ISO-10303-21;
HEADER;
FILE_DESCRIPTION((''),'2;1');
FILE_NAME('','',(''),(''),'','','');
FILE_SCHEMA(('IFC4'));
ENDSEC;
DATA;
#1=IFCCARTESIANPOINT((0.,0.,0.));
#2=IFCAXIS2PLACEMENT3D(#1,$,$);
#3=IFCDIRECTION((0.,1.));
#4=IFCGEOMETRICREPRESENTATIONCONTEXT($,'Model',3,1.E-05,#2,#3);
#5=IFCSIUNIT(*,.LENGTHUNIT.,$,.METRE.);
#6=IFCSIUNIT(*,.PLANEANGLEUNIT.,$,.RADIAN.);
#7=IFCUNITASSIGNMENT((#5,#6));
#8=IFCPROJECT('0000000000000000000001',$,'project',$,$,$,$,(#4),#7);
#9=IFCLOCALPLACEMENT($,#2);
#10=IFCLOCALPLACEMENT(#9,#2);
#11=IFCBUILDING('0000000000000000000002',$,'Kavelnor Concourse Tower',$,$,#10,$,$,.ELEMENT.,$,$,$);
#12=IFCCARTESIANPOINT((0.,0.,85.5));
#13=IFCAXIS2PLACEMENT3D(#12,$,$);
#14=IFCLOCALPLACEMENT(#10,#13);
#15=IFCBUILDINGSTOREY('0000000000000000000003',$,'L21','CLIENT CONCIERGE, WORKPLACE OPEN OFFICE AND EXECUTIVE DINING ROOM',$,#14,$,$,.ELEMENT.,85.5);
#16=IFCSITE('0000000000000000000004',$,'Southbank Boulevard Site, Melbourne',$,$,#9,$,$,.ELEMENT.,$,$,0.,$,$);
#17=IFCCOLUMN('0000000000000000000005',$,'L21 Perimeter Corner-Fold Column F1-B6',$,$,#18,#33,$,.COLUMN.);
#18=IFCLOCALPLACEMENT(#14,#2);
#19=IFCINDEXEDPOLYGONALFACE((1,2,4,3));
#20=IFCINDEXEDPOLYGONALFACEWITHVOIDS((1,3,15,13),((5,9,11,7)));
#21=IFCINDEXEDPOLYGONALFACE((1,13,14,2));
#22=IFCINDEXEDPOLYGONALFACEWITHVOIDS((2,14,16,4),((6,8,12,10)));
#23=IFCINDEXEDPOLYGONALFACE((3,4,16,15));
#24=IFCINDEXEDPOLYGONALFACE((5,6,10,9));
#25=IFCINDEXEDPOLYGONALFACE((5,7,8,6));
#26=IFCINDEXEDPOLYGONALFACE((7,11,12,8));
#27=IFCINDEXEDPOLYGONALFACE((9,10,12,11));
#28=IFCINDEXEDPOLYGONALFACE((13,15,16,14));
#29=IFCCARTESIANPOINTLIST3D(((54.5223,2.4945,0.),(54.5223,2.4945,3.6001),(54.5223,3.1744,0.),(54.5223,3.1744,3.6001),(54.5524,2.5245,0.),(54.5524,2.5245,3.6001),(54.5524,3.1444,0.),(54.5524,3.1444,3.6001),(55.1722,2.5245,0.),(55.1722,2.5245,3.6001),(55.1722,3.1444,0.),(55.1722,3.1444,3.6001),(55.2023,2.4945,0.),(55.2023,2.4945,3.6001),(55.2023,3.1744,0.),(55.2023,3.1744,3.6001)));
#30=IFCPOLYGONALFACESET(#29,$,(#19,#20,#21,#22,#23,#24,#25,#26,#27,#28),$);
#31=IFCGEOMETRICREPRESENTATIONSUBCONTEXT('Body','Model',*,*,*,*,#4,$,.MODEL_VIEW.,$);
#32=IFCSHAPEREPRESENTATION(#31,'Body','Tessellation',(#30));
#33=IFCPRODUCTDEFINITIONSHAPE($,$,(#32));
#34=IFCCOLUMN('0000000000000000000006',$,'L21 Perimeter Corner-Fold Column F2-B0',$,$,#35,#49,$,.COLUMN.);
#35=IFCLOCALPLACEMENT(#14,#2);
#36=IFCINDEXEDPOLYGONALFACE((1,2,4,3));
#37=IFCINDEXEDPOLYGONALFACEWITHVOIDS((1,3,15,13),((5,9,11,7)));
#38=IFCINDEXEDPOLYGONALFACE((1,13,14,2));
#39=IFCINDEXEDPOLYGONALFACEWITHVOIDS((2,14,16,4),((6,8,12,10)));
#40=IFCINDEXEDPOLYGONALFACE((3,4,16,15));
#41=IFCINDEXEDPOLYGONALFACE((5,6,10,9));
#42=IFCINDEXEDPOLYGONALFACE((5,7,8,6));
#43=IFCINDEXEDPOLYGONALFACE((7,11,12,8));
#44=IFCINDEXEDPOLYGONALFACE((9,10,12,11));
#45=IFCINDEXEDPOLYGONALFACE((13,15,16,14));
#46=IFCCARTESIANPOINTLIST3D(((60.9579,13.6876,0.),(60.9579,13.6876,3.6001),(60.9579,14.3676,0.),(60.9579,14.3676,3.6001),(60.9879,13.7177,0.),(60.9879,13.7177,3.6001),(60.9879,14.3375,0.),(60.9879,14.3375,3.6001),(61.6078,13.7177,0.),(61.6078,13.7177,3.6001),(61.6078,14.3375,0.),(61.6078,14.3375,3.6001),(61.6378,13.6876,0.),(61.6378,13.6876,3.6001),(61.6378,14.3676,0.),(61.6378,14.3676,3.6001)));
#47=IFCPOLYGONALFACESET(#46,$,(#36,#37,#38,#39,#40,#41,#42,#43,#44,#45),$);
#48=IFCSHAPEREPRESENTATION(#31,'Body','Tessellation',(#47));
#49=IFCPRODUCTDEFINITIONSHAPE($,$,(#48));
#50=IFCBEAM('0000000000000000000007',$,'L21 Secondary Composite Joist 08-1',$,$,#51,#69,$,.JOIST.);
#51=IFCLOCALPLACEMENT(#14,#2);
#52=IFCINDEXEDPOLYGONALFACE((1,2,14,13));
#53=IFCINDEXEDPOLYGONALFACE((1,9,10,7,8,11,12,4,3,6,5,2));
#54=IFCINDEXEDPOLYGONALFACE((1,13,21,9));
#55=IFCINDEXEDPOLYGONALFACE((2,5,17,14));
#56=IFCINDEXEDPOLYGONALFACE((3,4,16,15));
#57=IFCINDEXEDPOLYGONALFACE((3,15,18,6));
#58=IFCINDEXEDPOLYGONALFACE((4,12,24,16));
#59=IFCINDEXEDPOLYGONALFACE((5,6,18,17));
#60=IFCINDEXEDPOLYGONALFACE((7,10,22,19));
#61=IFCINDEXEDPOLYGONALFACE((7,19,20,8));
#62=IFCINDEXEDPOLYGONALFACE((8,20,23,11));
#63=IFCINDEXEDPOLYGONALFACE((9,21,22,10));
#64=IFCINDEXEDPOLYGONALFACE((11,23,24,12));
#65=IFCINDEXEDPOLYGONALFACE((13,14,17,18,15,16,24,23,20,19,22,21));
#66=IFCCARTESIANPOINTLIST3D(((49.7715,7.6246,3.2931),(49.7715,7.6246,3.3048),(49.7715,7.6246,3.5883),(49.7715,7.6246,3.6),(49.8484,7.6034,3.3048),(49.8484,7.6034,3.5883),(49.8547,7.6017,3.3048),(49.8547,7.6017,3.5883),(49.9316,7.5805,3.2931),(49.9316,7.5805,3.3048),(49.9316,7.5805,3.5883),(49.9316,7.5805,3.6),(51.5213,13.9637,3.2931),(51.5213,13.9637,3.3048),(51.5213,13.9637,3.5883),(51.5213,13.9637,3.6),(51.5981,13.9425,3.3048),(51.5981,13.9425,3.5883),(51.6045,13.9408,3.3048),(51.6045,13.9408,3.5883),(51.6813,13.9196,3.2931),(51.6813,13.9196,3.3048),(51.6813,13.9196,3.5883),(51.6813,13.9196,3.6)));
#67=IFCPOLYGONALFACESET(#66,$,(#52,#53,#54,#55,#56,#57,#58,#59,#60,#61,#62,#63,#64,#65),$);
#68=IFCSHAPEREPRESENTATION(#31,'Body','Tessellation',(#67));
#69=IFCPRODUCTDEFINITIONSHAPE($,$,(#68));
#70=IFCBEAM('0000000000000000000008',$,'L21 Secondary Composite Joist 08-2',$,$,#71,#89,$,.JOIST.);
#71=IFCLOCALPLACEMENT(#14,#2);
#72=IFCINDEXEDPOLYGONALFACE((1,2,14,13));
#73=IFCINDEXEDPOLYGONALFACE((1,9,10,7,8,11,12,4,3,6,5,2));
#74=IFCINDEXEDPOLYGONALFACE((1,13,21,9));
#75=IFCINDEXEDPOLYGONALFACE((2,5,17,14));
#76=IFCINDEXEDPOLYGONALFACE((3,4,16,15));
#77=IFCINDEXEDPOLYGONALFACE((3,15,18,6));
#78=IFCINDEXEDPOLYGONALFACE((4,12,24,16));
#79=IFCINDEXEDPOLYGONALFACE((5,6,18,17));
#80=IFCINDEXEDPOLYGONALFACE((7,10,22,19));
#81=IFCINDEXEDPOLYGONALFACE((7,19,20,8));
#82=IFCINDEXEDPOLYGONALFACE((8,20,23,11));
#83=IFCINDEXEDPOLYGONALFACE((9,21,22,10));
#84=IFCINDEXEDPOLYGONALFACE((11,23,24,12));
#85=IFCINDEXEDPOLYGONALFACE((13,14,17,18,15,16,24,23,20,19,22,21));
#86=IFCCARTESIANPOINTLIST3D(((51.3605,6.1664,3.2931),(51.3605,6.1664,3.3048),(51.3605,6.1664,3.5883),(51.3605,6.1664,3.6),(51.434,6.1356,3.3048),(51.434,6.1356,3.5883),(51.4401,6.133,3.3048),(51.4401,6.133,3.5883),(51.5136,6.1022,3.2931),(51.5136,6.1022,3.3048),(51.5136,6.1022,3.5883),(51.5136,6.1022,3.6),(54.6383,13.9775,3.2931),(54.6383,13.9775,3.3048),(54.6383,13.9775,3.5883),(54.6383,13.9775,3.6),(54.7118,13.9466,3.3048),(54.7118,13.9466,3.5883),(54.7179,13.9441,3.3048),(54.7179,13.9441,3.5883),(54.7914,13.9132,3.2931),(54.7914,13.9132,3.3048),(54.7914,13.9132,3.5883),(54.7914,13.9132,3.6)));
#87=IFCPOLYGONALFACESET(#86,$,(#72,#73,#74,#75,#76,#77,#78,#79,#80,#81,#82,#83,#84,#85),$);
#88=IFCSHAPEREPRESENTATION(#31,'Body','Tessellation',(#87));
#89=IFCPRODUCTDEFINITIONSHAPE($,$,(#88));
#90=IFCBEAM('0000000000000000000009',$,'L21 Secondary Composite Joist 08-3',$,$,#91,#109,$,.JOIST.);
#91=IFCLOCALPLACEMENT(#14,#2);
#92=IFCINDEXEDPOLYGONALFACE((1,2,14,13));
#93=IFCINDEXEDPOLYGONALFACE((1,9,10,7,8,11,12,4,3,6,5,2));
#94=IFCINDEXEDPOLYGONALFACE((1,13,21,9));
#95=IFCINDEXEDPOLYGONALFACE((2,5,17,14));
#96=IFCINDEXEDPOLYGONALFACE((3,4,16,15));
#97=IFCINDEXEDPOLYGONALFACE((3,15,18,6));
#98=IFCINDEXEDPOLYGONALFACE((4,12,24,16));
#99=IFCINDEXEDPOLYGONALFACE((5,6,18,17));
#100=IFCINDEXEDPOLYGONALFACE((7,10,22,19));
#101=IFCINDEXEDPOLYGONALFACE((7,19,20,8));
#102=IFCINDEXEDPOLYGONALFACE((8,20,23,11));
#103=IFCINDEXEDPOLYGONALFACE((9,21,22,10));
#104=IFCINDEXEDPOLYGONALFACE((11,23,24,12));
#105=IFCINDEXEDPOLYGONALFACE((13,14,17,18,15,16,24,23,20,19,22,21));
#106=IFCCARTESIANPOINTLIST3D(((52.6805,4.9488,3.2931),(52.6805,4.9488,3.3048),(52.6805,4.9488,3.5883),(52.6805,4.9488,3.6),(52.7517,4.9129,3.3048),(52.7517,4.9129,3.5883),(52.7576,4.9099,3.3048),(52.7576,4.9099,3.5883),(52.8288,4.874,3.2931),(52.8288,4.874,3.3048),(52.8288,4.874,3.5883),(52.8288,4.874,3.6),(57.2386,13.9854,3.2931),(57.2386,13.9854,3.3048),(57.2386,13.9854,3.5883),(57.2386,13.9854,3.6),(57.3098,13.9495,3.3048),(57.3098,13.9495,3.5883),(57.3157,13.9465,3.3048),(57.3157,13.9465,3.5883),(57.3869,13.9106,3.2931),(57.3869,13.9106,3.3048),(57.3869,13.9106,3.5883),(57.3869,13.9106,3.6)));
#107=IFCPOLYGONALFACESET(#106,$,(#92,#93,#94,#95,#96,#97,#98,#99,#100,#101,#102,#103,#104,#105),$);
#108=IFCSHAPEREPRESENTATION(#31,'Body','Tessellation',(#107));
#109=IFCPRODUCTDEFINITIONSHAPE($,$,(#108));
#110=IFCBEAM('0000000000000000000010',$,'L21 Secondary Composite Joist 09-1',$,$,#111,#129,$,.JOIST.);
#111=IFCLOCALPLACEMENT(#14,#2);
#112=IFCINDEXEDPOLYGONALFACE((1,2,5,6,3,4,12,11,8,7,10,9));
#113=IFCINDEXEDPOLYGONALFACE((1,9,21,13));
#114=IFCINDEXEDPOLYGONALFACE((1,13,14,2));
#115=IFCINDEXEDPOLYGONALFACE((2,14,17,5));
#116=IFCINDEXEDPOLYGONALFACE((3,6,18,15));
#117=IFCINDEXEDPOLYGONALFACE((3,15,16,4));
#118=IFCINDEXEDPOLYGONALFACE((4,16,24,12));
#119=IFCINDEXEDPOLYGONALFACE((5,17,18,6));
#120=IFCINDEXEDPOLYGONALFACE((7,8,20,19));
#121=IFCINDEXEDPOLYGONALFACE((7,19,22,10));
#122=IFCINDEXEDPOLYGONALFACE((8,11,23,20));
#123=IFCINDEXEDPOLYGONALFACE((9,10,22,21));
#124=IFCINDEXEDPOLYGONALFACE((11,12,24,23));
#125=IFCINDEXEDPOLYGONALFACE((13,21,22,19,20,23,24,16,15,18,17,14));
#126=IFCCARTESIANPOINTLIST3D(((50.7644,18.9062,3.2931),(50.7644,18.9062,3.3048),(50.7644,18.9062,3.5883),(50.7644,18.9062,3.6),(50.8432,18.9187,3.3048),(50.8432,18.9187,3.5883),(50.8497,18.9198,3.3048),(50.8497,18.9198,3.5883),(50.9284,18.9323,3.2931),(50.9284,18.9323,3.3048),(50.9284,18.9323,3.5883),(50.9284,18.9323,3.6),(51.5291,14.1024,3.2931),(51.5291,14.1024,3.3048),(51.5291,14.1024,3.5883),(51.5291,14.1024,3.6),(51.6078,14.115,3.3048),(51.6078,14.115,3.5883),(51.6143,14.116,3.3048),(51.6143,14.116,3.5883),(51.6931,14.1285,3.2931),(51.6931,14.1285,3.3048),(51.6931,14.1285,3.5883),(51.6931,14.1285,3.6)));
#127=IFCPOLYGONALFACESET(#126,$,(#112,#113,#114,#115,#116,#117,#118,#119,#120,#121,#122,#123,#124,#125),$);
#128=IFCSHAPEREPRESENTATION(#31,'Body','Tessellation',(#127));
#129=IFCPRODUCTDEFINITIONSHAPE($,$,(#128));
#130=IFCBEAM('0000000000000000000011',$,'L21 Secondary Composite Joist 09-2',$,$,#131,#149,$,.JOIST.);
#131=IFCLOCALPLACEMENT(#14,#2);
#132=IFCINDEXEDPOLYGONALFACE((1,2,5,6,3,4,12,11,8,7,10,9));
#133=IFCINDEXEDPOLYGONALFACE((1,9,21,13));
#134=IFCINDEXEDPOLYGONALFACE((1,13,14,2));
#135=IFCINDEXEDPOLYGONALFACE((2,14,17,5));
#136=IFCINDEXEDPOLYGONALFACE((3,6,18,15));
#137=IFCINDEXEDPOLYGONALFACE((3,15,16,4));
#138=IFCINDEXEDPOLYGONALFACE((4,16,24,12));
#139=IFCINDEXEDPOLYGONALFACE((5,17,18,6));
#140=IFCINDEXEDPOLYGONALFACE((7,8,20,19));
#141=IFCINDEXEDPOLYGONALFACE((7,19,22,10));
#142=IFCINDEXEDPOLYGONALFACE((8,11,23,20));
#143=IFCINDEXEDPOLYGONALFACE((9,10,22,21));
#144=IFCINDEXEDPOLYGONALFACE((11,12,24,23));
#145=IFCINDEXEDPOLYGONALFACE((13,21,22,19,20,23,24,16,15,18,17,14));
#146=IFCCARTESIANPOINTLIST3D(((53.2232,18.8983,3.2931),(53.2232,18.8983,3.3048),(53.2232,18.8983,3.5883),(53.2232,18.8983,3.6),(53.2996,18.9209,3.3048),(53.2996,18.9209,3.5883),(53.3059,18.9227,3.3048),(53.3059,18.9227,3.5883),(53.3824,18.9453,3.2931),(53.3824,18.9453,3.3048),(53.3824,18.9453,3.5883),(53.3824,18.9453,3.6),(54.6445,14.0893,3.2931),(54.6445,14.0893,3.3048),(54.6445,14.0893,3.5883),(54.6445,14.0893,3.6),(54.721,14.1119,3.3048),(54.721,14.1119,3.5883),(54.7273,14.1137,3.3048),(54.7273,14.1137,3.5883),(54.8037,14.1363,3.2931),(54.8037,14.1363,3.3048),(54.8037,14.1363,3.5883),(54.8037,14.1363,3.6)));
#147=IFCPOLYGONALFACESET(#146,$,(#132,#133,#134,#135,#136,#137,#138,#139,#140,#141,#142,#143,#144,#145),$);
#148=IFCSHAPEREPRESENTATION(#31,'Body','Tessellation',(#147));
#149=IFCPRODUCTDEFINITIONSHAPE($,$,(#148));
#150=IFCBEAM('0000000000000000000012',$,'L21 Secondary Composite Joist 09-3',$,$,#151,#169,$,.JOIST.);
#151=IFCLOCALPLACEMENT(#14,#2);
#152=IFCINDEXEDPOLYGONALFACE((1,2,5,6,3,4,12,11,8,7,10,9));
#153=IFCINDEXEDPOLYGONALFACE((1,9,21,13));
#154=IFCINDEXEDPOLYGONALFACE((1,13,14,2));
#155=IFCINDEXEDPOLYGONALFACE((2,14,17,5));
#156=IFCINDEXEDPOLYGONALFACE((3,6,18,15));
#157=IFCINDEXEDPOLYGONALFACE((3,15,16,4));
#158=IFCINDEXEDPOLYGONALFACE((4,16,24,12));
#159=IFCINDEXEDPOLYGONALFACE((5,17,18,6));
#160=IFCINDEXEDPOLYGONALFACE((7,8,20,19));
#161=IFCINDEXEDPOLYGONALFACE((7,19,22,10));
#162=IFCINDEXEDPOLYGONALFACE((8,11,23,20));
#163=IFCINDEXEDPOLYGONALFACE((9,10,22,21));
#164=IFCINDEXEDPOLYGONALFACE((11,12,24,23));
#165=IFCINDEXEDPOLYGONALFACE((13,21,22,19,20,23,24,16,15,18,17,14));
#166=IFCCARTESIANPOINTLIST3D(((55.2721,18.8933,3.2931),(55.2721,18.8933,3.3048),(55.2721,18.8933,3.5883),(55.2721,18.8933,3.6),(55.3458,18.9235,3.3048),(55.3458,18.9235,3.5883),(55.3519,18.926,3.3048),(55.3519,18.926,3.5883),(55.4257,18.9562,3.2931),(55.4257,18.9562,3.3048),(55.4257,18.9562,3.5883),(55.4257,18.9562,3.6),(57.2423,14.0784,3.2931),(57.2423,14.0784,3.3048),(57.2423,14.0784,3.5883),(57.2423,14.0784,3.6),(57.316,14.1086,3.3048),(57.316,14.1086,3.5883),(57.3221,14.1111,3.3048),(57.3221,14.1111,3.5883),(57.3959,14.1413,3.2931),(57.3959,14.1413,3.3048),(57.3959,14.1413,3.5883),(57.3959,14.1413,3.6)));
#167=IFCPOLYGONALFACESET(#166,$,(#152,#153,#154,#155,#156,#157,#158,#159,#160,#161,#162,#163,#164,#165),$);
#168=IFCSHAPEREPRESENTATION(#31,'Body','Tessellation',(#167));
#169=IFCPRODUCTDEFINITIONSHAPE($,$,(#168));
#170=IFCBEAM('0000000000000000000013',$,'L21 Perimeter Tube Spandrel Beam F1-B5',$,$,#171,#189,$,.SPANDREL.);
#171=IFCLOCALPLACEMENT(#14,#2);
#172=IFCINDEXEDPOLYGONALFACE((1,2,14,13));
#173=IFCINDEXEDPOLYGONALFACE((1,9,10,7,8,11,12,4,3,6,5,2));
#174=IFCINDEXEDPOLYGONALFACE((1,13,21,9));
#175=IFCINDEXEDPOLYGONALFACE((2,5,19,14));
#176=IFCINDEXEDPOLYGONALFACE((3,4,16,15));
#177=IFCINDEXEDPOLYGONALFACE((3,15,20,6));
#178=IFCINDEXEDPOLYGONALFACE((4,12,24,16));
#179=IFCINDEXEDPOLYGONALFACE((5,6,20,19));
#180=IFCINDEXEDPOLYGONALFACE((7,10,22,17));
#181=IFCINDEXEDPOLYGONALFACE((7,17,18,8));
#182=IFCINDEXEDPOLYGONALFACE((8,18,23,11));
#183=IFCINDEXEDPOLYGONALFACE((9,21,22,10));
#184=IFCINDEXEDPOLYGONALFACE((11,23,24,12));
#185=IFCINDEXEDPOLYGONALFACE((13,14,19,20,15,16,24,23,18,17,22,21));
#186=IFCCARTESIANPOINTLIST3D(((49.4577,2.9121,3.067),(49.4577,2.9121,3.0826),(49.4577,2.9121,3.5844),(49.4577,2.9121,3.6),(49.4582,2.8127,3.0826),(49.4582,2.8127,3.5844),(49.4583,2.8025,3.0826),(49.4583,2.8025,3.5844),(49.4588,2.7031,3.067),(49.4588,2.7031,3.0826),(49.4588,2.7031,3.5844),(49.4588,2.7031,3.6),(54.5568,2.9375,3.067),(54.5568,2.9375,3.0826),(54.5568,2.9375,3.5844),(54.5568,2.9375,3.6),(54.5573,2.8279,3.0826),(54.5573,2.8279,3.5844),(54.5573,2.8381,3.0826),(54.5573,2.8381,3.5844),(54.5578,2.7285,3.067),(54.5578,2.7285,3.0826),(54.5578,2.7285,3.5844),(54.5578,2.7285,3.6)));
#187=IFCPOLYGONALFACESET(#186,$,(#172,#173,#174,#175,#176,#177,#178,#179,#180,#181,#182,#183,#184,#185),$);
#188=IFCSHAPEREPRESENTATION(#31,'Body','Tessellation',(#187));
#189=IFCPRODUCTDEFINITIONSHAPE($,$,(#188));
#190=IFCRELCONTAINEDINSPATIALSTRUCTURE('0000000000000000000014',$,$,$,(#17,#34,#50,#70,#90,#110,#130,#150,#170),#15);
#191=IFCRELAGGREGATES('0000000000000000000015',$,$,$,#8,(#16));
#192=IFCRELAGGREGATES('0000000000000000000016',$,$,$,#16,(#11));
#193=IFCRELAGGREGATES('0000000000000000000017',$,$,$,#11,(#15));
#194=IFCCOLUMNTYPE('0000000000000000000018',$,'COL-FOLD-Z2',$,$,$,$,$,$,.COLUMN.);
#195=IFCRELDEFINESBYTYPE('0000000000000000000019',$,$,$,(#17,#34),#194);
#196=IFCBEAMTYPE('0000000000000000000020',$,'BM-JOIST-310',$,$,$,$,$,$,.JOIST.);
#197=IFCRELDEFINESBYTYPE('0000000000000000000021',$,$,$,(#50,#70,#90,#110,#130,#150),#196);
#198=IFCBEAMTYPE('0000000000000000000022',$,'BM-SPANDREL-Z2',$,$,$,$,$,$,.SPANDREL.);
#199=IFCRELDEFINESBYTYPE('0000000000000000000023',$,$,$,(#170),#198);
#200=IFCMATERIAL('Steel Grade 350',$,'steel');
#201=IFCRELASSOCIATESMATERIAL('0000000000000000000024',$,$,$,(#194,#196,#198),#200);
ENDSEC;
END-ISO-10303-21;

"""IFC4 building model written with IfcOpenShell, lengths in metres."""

from ifc_helpers import new_model, si_unit, direction, frame, origin, origin_2d, place, context, subcontext, project, spatial, hollow_rectangle, i_section, extrude, material, material_profile, profile_set, type_object, element, save


model = new_model("IFC4")

# Units and contexts
model_context = context("Model", 3, precision=1e-05, world=origin(), true_north=direction((0.0, 1.0)))
body_context = subcontext(model_context, "Body", "Model", "MODEL_VIEW")
ifc_project = project(units=[si_unit("LENGTHUNIT", "METRE"), si_unit("PLANEANGLEUNIT", "RADIAN")], contexts=[model_context])

# Site, building, storey
site_placement = place(None, origin())
site = spatial("IfcSite", under=ifc_project, at=site_placement, Name="Southbank Boulevard Site, Melbourne", CompositionType="ELEMENT", RefElevation=0.0)
building_placement = place(site_placement, origin())
building = spatial("IfcBuilding", under=site, at=building_placement, Name="Kavelnor Concourse Tower", CompositionType="ELEMENT")
storey_placement = place(building_placement, frame((0.0, 0.0, 85.5)))
storey = spatial("IfcBuildingStorey", under=building, at=storey_placement, Name="L21", Description="CLIENT CONCIERGE, WORKPLACE OPEN OFFICE AND EXECUTIVE DINING ROOM", CompositionType="ELEMENT", Elevation=85.5)

# Columns
ifc_material_1 = material(Name="Steel Grade 350", Category="steel")
ifc_material_profile_1 = material_profile(ifc_material_1, hollow_rectangle(XDim=0.6799, YDim=0.6799, WallThickness=0.03, at=origin_2d()), Name="SHS 680x680x30")
ifc_profile_set_1 = profile_set([ifc_material_profile_1], Name="Steel Grade 350")
column_type = type_object("IfcColumnType", Name="COL-FOLD-Z2", PredefinedType="COLUMN", material=ifc_profile_set_1)
for number, where, z_axis, x_axis, name in (
    (1, (54.8623, 2.8345, 0.0), (0.0, 0.0, 1.0), (1.0, 0.0, 0.0), "L21 Perimeter Corner-Fold Column F1-B6"),
    (2, (61.2979, 14.0276, 0.0), (0.0, 0.0, 1.0), (1.0, 0.0, 0.0), "L21 Perimeter Corner-Fold Column F2-B0"),
):
    element("IfcColumn", number, at=place(storey_placement, frame(where, z_axis=z_axis, x_axis=x_axis)), inside=storey, type_object=column_type, Name=name, PredefinedType="COLUMN", context=body_context, shape_type="SweptSolid", body=[
        extrude(hollow_rectangle(XDim=0.6799, YDim=0.6799, WallThickness=0.03, at=origin_2d()), origin(), (0.0, 0.0, 1.0), 3.6001),
    ])

# Beams
ifc_material_profile_2 = material_profile(ifc_material_1, i_section(OverallWidth=0.166, OverallDepth=0.3069, WebThickness=0.0066, FlangeThickness=0.0117, at=origin_2d()), Name="310UB46")
ifc_profile_set_2 = profile_set([ifc_material_profile_2], Name="Steel Grade 350")
beam_type_1 = type_object("IfcBeamType", Name="BM-JOIST-310", PredefinedType="JOIST", material=ifc_profile_set_2)
beam_1_placement = place(storey_placement, frame((49.8516, 7.6025, 3.4465), z_axis=(0.266075, 0.963952, 0.0), x_axis=(-0.963952, 0.266075, 0.0)))
element("IfcBeam", 3, at=beam_1_placement, inside=storey, type_object=beam_type_1, Name="L21 Secondary Composite Joist 08-1", PredefinedType="JOIST", context=body_context, shape_type="SweptSolid", body=[
    extrude(i_section(OverallWidth=0.166, OverallDepth=0.3069, WebThickness=0.0066, FlangeThickness=0.0117, at=origin_2d()), origin(), (0.0, 0.0, 1.0), 6.5762),
])
beam_2_placement = place(storey_placement, frame((51.437, 6.1343, 3.4465), z_axis=(0.386951, 0.9221, 0.0), x_axis=(-0.9221, 0.386951, 0.0)))
element("IfcBeam", 4, at=beam_2_placement, inside=storey, type_object=beam_type_1, Name="L21 Secondary Composite Joist 08-2", PredefinedType="JOIST", context=body_context, shape_type="SweptSolid", body=[
    extrude(i_section(OverallWidth=0.166, OverallDepth=0.3069, WebThickness=0.0066, FlangeThickness=0.0117, at=origin_2d()), origin(), (0.0, 0.0, 1.0), 8.4709),
])
beam_3_placement = place(storey_placement, frame((52.7546, 4.9114, 3.4465), z_axis=(0.450356, 0.892849, 0.0), x_axis=(-0.892849, 0.450356, 0.0)))
element("IfcBeam", 5, at=beam_3_placement, inside=storey, type_object=beam_type_1, Name="L21 Secondary Composite Joist 08-3", PredefinedType="JOIST", context=body_context, shape_type="SweptSolid", body=[
    extrude(i_section(OverallWidth=0.166, OverallDepth=0.3069, WebThickness=0.0066, FlangeThickness=0.0117, at=origin_2d()), origin(), (0.0, 0.0, 1.0), 10.1211),
])
beam_4_placement = place(storey_placement, frame((51.6111, 14.1155, 3.4465), z_axis=(-0.1572, 0.987567, 0.0), x_axis=(-0.987567, -0.1572, 0.0)))
element("IfcBeam", 6, at=beam_4_placement, inside=storey, type_object=beam_type_1, Name="L21 Secondary Composite Joist 09-1", PredefinedType="JOIST", context=body_context, shape_type="SweptSolid", body=[
    extrude(i_section(OverallWidth=0.166, OverallDepth=0.3069, WebThickness=0.0066, FlangeThickness=0.0117, at=origin_2d()), origin(), (0.0, 0.0, 1.0), 4.8643),
])
beam_5_placement = place(storey_placement, frame((54.7241, 14.1128, 3.4465), z_axis=(-0.283442, 0.958989, 0.0), x_axis=(-0.958989, -0.283442, 0.0)))
element("IfcBeam", 7, at=beam_5_placement, inside=storey, type_object=beam_type_1, Name="L21 Secondary Composite Joist 09-2", PredefinedType="JOIST", context=body_context, shape_type="SweptSolid", body=[
    extrude(i_section(OverallWidth=0.166, OverallDepth=0.3069, WebThickness=0.0066, FlangeThickness=0.0117, at=origin_2d()), origin(), (0.0, 0.0, 1.0), 5.0146),
])
beam_6_placement = place(storey_placement, frame((57.3191, 14.1099, 3.4465), z_axis=(-0.37871, 0.925516, 0.0), x_axis=(-0.925516, -0.37871, 0.0)))
element("IfcBeam", 8, at=beam_6_placement, inside=storey, type_object=beam_type_1, Name="L21 Secondary Composite Joist 09-3", PredefinedType="JOIST", context=body_context, shape_type="SweptSolid", body=[
    extrude(i_section(OverallWidth=0.166, OverallDepth=0.3069, WebThickness=0.0066, FlangeThickness=0.0117, at=origin_2d()), origin(), (0.0, 0.0, 1.0), 5.2024),
])
ifc_material_profile_3 = material_profile(ifc_material_1, i_section(OverallWidth=0.209, OverallDepth=0.533, WebThickness=0.0103, FlangeThickness=0.0156, at=origin_2d()), Name="530UB92")
ifc_profile_set_3 = profile_set([ifc_material_profile_3], Name="Steel Grade 350")
beam_type_2 = type_object("IfcBeamType", Name="BM-SPANDREL-Z2", PredefinedType="SPANDREL", material=ifc_profile_set_3)
beam_7_placement = place(storey_placement, frame((49.4583, 2.8076, 3.3335), z_axis=(0.999988, 0.004979, 0.0), x_axis=(-0.004979, 0.999988, 0.0)))
element("IfcBeam", 9, at=beam_7_placement, inside=storey, type_object=beam_type_2, Name="L21 Perimeter Tube Spandrel Beam F1-B5", PredefinedType="SPANDREL", context=body_context, shape_type="SweptSolid", body=[
    extrude(i_section(OverallWidth=0.209, OverallDepth=0.533, WebThickness=0.0103, FlangeThickness=0.0156, at=origin_2d()), origin(), (0.0, 0.0, 1.0), 5.0991),
])

save(model, "model.ifc")
